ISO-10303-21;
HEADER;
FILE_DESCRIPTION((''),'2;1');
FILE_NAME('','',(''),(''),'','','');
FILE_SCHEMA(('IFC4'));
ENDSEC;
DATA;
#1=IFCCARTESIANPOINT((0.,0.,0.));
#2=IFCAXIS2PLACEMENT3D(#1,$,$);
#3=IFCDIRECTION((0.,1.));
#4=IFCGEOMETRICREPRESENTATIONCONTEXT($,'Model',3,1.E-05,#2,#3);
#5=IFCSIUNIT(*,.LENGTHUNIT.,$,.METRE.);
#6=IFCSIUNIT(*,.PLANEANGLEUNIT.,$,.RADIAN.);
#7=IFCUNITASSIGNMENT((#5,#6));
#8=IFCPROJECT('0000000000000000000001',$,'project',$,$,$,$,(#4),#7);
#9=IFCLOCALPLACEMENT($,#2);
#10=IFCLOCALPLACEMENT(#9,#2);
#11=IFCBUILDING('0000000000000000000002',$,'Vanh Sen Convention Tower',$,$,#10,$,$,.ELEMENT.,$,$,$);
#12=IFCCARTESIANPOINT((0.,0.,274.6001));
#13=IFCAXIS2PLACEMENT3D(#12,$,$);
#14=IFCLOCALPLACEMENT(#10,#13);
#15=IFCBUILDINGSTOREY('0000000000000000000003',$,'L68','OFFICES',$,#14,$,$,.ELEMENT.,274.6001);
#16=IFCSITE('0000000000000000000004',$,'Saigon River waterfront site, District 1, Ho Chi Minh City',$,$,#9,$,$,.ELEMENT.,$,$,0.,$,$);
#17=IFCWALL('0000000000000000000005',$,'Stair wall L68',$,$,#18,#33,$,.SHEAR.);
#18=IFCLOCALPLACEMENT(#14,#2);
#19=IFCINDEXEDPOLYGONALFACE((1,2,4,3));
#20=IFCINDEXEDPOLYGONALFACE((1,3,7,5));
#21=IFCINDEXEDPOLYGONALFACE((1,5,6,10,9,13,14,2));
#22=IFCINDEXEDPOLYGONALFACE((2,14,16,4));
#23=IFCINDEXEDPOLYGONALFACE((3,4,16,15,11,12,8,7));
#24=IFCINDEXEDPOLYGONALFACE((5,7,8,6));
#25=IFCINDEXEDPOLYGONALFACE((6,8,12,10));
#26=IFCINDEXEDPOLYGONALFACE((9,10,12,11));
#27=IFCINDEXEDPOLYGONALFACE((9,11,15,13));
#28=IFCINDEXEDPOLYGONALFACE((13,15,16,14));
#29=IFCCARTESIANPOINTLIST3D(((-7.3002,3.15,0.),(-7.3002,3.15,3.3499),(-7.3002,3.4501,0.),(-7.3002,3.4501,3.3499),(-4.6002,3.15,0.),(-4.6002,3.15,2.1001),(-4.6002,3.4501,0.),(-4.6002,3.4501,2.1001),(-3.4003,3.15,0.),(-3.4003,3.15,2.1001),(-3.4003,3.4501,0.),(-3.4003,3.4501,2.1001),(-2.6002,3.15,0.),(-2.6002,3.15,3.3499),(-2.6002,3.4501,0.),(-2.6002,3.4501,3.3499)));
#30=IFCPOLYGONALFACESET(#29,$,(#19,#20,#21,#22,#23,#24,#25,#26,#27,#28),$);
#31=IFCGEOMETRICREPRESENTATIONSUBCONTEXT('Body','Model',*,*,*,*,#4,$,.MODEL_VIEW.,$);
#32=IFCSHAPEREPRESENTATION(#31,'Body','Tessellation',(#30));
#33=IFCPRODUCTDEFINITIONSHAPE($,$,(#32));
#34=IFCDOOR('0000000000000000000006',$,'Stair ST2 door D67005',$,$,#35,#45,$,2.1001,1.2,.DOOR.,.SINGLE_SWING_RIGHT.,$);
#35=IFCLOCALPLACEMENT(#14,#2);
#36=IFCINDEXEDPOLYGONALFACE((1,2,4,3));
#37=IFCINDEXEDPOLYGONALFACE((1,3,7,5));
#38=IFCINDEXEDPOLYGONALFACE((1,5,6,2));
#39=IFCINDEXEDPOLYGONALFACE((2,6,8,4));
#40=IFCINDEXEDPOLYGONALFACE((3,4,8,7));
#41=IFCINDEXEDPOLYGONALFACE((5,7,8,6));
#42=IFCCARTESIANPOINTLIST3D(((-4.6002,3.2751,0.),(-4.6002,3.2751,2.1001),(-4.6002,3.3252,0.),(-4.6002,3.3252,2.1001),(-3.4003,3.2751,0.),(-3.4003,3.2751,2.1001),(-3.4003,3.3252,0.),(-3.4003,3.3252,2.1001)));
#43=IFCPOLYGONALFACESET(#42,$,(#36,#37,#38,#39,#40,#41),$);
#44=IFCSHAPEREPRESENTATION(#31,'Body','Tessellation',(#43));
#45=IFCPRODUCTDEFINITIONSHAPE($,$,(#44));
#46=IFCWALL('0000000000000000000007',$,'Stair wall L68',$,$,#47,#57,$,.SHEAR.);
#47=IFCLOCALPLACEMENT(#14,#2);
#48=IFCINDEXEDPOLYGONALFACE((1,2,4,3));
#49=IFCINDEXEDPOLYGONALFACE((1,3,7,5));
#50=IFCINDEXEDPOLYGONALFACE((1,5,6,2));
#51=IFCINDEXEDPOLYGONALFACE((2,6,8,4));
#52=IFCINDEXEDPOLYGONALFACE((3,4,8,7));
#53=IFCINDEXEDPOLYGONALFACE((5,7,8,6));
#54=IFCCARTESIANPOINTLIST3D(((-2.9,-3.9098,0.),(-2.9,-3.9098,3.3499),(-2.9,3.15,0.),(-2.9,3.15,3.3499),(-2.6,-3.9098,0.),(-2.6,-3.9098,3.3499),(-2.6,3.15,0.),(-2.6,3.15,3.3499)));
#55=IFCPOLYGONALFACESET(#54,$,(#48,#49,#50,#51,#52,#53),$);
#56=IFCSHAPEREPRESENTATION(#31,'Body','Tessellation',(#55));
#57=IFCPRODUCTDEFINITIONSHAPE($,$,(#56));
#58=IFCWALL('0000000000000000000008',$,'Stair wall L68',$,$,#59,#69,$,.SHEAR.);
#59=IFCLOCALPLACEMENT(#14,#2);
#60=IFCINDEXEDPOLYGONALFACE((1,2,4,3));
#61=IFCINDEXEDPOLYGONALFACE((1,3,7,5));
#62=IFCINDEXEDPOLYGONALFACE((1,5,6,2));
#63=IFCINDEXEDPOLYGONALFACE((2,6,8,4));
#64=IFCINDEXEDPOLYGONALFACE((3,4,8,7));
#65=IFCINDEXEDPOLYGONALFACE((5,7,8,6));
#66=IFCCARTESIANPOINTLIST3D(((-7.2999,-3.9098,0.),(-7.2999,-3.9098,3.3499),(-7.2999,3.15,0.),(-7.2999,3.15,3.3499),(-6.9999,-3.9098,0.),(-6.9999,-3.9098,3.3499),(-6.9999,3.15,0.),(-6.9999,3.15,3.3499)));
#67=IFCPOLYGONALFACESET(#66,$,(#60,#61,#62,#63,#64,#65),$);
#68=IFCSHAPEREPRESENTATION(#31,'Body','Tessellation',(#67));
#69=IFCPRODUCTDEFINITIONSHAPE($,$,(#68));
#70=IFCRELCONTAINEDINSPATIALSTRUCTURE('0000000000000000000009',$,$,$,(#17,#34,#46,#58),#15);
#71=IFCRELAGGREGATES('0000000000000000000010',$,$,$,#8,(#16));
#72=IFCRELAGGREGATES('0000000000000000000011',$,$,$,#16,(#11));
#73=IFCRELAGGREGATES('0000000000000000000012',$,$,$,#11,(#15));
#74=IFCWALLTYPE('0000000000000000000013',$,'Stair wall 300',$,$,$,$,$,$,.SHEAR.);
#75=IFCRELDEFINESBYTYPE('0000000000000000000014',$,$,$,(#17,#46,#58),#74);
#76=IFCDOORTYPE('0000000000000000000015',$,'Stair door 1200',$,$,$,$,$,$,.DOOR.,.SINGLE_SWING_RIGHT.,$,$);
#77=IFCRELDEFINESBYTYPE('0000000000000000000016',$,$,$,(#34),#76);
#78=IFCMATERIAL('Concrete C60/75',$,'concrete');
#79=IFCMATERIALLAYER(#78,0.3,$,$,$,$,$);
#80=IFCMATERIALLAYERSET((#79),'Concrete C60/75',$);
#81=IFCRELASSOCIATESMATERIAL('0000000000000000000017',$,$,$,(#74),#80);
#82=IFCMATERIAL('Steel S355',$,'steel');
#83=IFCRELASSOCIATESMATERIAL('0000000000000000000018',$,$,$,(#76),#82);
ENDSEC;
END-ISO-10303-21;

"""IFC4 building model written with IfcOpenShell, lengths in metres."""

from ifc_helpers import new_model, si_unit, direction, frame, frame_2d, origin, place, context, subcontext, project, spatial, rectangle, extrude, material, layer, layer_set, type_object, element, fill, save


model = new_model("IFC4")

# Units and contexts
model_context = context("Model", 3, precision=1e-05, world=origin(), true_north=direction((0.0, 1.0)))
body_context = subcontext(model_context, "Body", "Model", "MODEL_VIEW")
ifc_project = project(units=[si_unit("LENGTHUNIT", "METRE"), si_unit("PLANEANGLEUNIT", "RADIAN")], contexts=[model_context])

# Site, building, storey
site_placement = place(None, origin())
site = spatial("IfcSite", under=ifc_project, at=site_placement, Name="Saigon River waterfront site, District 1, Ho Chi Minh City", CompositionType="ELEMENT", RefElevation=0.0)
building_placement = place(site_placement, origin())
building = spatial("IfcBuilding", under=site, at=building_placement, Name="Vanh Sen Convention Tower", CompositionType="ELEMENT")
storey_placement = place(building_placement, frame((0.0, 0.0, 274.6001)))
storey = spatial("IfcBuildingStorey", under=building, at=storey_placement, Name="L68", Description="OFFICES", CompositionType="ELEMENT", Elevation=274.6001)

# Shared definitions
ifc_material_1 = material(Name="Concrete C60/75", Category="concrete")

# Shared definitions
ifc_material_2 = material(Name="Steel S355", Category="steel")

# Shared definitions
ifc_layer_1 = layer(ifc_material_1, 0.3)
ifc_layer_set_1 = layer_set([ifc_layer_1], Name="Concrete C60/75")
wall_type_1 = type_object("IfcWallType", Name="Stair wall 300", PredefinedType="SHEAR", material=ifc_layer_set_1)

# Wall, opening, door
wall_1_placement = place(storey_placement, frame((-2.6001, 3.3, 0.0), z_axis=(0.0, 0.0, 1.0), x_axis=(-1.0, 0.0, 0.0)))
wall_1 = element("IfcWall", 1, at=wall_1_placement, inside=storey, type_object=wall_type_1, Name="Stair wall L68", PredefinedType="SHEAR", context=body_context, shape_type="SweptSolid", body=[
    extrude(rectangle(XDim=4.7, YDim=0.3, at=frame_2d((2.3501, 0.0))), origin(), (0.0, 0.0, 1.0), 3.3499),
])
opening_1_placement = place(wall_1_placement, frame((0.8, 0.0, 0.0)))
opening_1 = element("IfcOpeningElement", 2, at=opening_1_placement, cuts=wall_1, PredefinedType="OPENING", context=body_context, shape_type="SweptSolid", body=[
    extrude(rectangle(XDim=1.2, YDim=2.1001, at=frame_2d((0.6001, 1.05))), frame((0.0, 0.1599, 0.0), z_axis=(0.0, -1.0, 0.0), x_axis=(1.0, 0.0, 0.0)), (0.0, 0.0, 1.0), 0.3201),
])
door_type_1 = type_object("IfcDoorType", Name="Stair door 1200", OperationType="SINGLE_SWING_RIGHT", PredefinedType="DOOR", material=ifc_material_2)
door_1_placement = place(opening_1_placement, origin())
door_1 = element("IfcDoor", 3, at=door_1_placement, inside=storey, type_object=door_type_1, Name="Stair ST2 door D67005", OperationType="SINGLE_SWING_RIGHT", OverallHeight=2.1001, OverallWidth=1.2, PredefinedType="DOOR", context=body_context, shape_type="SweptSolid", body=[
    extrude(rectangle(XDim=1.2, YDim=2.1001, at=frame_2d((0.6001, 1.05))), frame((0.0, 0.0249, 0.0), z_axis=(0.0, -1.0, 0.0), x_axis=(1.0, 0.0, 0.0)), (0.0, 0.0, 1.0), 0.05),
])
fill(opening_1, door_1)

# Walls
for number, where, z_axis, x_axis, name in (
    (4, (-2.75, 3.1499, 0.0), (0.0, 0.0, 1.0), (0.0, -1.0, 0.0), "Stair wall L68"),
    (5, (-7.1499, 3.1499, 0.0), (0.0, 0.0, 1.0), (0.0, -1.0, 0.0), "Stair wall L68"),
):
    element("IfcWall", number, at=place(storey_placement, frame(where, z_axis=z_axis, x_axis=x_axis)), inside=storey, type_object=wall_type_1, Name=name, PredefinedType="SHEAR", context=body_context, shape_type="SweptSolid", body=[
        extrude(rectangle(XDim=7.0598, YDim=0.3, at=frame_2d((3.5298, 0.0))), origin(), (0.0, 0.0, 1.0), 3.3499),
    ])

save(model, "model.ifc")
